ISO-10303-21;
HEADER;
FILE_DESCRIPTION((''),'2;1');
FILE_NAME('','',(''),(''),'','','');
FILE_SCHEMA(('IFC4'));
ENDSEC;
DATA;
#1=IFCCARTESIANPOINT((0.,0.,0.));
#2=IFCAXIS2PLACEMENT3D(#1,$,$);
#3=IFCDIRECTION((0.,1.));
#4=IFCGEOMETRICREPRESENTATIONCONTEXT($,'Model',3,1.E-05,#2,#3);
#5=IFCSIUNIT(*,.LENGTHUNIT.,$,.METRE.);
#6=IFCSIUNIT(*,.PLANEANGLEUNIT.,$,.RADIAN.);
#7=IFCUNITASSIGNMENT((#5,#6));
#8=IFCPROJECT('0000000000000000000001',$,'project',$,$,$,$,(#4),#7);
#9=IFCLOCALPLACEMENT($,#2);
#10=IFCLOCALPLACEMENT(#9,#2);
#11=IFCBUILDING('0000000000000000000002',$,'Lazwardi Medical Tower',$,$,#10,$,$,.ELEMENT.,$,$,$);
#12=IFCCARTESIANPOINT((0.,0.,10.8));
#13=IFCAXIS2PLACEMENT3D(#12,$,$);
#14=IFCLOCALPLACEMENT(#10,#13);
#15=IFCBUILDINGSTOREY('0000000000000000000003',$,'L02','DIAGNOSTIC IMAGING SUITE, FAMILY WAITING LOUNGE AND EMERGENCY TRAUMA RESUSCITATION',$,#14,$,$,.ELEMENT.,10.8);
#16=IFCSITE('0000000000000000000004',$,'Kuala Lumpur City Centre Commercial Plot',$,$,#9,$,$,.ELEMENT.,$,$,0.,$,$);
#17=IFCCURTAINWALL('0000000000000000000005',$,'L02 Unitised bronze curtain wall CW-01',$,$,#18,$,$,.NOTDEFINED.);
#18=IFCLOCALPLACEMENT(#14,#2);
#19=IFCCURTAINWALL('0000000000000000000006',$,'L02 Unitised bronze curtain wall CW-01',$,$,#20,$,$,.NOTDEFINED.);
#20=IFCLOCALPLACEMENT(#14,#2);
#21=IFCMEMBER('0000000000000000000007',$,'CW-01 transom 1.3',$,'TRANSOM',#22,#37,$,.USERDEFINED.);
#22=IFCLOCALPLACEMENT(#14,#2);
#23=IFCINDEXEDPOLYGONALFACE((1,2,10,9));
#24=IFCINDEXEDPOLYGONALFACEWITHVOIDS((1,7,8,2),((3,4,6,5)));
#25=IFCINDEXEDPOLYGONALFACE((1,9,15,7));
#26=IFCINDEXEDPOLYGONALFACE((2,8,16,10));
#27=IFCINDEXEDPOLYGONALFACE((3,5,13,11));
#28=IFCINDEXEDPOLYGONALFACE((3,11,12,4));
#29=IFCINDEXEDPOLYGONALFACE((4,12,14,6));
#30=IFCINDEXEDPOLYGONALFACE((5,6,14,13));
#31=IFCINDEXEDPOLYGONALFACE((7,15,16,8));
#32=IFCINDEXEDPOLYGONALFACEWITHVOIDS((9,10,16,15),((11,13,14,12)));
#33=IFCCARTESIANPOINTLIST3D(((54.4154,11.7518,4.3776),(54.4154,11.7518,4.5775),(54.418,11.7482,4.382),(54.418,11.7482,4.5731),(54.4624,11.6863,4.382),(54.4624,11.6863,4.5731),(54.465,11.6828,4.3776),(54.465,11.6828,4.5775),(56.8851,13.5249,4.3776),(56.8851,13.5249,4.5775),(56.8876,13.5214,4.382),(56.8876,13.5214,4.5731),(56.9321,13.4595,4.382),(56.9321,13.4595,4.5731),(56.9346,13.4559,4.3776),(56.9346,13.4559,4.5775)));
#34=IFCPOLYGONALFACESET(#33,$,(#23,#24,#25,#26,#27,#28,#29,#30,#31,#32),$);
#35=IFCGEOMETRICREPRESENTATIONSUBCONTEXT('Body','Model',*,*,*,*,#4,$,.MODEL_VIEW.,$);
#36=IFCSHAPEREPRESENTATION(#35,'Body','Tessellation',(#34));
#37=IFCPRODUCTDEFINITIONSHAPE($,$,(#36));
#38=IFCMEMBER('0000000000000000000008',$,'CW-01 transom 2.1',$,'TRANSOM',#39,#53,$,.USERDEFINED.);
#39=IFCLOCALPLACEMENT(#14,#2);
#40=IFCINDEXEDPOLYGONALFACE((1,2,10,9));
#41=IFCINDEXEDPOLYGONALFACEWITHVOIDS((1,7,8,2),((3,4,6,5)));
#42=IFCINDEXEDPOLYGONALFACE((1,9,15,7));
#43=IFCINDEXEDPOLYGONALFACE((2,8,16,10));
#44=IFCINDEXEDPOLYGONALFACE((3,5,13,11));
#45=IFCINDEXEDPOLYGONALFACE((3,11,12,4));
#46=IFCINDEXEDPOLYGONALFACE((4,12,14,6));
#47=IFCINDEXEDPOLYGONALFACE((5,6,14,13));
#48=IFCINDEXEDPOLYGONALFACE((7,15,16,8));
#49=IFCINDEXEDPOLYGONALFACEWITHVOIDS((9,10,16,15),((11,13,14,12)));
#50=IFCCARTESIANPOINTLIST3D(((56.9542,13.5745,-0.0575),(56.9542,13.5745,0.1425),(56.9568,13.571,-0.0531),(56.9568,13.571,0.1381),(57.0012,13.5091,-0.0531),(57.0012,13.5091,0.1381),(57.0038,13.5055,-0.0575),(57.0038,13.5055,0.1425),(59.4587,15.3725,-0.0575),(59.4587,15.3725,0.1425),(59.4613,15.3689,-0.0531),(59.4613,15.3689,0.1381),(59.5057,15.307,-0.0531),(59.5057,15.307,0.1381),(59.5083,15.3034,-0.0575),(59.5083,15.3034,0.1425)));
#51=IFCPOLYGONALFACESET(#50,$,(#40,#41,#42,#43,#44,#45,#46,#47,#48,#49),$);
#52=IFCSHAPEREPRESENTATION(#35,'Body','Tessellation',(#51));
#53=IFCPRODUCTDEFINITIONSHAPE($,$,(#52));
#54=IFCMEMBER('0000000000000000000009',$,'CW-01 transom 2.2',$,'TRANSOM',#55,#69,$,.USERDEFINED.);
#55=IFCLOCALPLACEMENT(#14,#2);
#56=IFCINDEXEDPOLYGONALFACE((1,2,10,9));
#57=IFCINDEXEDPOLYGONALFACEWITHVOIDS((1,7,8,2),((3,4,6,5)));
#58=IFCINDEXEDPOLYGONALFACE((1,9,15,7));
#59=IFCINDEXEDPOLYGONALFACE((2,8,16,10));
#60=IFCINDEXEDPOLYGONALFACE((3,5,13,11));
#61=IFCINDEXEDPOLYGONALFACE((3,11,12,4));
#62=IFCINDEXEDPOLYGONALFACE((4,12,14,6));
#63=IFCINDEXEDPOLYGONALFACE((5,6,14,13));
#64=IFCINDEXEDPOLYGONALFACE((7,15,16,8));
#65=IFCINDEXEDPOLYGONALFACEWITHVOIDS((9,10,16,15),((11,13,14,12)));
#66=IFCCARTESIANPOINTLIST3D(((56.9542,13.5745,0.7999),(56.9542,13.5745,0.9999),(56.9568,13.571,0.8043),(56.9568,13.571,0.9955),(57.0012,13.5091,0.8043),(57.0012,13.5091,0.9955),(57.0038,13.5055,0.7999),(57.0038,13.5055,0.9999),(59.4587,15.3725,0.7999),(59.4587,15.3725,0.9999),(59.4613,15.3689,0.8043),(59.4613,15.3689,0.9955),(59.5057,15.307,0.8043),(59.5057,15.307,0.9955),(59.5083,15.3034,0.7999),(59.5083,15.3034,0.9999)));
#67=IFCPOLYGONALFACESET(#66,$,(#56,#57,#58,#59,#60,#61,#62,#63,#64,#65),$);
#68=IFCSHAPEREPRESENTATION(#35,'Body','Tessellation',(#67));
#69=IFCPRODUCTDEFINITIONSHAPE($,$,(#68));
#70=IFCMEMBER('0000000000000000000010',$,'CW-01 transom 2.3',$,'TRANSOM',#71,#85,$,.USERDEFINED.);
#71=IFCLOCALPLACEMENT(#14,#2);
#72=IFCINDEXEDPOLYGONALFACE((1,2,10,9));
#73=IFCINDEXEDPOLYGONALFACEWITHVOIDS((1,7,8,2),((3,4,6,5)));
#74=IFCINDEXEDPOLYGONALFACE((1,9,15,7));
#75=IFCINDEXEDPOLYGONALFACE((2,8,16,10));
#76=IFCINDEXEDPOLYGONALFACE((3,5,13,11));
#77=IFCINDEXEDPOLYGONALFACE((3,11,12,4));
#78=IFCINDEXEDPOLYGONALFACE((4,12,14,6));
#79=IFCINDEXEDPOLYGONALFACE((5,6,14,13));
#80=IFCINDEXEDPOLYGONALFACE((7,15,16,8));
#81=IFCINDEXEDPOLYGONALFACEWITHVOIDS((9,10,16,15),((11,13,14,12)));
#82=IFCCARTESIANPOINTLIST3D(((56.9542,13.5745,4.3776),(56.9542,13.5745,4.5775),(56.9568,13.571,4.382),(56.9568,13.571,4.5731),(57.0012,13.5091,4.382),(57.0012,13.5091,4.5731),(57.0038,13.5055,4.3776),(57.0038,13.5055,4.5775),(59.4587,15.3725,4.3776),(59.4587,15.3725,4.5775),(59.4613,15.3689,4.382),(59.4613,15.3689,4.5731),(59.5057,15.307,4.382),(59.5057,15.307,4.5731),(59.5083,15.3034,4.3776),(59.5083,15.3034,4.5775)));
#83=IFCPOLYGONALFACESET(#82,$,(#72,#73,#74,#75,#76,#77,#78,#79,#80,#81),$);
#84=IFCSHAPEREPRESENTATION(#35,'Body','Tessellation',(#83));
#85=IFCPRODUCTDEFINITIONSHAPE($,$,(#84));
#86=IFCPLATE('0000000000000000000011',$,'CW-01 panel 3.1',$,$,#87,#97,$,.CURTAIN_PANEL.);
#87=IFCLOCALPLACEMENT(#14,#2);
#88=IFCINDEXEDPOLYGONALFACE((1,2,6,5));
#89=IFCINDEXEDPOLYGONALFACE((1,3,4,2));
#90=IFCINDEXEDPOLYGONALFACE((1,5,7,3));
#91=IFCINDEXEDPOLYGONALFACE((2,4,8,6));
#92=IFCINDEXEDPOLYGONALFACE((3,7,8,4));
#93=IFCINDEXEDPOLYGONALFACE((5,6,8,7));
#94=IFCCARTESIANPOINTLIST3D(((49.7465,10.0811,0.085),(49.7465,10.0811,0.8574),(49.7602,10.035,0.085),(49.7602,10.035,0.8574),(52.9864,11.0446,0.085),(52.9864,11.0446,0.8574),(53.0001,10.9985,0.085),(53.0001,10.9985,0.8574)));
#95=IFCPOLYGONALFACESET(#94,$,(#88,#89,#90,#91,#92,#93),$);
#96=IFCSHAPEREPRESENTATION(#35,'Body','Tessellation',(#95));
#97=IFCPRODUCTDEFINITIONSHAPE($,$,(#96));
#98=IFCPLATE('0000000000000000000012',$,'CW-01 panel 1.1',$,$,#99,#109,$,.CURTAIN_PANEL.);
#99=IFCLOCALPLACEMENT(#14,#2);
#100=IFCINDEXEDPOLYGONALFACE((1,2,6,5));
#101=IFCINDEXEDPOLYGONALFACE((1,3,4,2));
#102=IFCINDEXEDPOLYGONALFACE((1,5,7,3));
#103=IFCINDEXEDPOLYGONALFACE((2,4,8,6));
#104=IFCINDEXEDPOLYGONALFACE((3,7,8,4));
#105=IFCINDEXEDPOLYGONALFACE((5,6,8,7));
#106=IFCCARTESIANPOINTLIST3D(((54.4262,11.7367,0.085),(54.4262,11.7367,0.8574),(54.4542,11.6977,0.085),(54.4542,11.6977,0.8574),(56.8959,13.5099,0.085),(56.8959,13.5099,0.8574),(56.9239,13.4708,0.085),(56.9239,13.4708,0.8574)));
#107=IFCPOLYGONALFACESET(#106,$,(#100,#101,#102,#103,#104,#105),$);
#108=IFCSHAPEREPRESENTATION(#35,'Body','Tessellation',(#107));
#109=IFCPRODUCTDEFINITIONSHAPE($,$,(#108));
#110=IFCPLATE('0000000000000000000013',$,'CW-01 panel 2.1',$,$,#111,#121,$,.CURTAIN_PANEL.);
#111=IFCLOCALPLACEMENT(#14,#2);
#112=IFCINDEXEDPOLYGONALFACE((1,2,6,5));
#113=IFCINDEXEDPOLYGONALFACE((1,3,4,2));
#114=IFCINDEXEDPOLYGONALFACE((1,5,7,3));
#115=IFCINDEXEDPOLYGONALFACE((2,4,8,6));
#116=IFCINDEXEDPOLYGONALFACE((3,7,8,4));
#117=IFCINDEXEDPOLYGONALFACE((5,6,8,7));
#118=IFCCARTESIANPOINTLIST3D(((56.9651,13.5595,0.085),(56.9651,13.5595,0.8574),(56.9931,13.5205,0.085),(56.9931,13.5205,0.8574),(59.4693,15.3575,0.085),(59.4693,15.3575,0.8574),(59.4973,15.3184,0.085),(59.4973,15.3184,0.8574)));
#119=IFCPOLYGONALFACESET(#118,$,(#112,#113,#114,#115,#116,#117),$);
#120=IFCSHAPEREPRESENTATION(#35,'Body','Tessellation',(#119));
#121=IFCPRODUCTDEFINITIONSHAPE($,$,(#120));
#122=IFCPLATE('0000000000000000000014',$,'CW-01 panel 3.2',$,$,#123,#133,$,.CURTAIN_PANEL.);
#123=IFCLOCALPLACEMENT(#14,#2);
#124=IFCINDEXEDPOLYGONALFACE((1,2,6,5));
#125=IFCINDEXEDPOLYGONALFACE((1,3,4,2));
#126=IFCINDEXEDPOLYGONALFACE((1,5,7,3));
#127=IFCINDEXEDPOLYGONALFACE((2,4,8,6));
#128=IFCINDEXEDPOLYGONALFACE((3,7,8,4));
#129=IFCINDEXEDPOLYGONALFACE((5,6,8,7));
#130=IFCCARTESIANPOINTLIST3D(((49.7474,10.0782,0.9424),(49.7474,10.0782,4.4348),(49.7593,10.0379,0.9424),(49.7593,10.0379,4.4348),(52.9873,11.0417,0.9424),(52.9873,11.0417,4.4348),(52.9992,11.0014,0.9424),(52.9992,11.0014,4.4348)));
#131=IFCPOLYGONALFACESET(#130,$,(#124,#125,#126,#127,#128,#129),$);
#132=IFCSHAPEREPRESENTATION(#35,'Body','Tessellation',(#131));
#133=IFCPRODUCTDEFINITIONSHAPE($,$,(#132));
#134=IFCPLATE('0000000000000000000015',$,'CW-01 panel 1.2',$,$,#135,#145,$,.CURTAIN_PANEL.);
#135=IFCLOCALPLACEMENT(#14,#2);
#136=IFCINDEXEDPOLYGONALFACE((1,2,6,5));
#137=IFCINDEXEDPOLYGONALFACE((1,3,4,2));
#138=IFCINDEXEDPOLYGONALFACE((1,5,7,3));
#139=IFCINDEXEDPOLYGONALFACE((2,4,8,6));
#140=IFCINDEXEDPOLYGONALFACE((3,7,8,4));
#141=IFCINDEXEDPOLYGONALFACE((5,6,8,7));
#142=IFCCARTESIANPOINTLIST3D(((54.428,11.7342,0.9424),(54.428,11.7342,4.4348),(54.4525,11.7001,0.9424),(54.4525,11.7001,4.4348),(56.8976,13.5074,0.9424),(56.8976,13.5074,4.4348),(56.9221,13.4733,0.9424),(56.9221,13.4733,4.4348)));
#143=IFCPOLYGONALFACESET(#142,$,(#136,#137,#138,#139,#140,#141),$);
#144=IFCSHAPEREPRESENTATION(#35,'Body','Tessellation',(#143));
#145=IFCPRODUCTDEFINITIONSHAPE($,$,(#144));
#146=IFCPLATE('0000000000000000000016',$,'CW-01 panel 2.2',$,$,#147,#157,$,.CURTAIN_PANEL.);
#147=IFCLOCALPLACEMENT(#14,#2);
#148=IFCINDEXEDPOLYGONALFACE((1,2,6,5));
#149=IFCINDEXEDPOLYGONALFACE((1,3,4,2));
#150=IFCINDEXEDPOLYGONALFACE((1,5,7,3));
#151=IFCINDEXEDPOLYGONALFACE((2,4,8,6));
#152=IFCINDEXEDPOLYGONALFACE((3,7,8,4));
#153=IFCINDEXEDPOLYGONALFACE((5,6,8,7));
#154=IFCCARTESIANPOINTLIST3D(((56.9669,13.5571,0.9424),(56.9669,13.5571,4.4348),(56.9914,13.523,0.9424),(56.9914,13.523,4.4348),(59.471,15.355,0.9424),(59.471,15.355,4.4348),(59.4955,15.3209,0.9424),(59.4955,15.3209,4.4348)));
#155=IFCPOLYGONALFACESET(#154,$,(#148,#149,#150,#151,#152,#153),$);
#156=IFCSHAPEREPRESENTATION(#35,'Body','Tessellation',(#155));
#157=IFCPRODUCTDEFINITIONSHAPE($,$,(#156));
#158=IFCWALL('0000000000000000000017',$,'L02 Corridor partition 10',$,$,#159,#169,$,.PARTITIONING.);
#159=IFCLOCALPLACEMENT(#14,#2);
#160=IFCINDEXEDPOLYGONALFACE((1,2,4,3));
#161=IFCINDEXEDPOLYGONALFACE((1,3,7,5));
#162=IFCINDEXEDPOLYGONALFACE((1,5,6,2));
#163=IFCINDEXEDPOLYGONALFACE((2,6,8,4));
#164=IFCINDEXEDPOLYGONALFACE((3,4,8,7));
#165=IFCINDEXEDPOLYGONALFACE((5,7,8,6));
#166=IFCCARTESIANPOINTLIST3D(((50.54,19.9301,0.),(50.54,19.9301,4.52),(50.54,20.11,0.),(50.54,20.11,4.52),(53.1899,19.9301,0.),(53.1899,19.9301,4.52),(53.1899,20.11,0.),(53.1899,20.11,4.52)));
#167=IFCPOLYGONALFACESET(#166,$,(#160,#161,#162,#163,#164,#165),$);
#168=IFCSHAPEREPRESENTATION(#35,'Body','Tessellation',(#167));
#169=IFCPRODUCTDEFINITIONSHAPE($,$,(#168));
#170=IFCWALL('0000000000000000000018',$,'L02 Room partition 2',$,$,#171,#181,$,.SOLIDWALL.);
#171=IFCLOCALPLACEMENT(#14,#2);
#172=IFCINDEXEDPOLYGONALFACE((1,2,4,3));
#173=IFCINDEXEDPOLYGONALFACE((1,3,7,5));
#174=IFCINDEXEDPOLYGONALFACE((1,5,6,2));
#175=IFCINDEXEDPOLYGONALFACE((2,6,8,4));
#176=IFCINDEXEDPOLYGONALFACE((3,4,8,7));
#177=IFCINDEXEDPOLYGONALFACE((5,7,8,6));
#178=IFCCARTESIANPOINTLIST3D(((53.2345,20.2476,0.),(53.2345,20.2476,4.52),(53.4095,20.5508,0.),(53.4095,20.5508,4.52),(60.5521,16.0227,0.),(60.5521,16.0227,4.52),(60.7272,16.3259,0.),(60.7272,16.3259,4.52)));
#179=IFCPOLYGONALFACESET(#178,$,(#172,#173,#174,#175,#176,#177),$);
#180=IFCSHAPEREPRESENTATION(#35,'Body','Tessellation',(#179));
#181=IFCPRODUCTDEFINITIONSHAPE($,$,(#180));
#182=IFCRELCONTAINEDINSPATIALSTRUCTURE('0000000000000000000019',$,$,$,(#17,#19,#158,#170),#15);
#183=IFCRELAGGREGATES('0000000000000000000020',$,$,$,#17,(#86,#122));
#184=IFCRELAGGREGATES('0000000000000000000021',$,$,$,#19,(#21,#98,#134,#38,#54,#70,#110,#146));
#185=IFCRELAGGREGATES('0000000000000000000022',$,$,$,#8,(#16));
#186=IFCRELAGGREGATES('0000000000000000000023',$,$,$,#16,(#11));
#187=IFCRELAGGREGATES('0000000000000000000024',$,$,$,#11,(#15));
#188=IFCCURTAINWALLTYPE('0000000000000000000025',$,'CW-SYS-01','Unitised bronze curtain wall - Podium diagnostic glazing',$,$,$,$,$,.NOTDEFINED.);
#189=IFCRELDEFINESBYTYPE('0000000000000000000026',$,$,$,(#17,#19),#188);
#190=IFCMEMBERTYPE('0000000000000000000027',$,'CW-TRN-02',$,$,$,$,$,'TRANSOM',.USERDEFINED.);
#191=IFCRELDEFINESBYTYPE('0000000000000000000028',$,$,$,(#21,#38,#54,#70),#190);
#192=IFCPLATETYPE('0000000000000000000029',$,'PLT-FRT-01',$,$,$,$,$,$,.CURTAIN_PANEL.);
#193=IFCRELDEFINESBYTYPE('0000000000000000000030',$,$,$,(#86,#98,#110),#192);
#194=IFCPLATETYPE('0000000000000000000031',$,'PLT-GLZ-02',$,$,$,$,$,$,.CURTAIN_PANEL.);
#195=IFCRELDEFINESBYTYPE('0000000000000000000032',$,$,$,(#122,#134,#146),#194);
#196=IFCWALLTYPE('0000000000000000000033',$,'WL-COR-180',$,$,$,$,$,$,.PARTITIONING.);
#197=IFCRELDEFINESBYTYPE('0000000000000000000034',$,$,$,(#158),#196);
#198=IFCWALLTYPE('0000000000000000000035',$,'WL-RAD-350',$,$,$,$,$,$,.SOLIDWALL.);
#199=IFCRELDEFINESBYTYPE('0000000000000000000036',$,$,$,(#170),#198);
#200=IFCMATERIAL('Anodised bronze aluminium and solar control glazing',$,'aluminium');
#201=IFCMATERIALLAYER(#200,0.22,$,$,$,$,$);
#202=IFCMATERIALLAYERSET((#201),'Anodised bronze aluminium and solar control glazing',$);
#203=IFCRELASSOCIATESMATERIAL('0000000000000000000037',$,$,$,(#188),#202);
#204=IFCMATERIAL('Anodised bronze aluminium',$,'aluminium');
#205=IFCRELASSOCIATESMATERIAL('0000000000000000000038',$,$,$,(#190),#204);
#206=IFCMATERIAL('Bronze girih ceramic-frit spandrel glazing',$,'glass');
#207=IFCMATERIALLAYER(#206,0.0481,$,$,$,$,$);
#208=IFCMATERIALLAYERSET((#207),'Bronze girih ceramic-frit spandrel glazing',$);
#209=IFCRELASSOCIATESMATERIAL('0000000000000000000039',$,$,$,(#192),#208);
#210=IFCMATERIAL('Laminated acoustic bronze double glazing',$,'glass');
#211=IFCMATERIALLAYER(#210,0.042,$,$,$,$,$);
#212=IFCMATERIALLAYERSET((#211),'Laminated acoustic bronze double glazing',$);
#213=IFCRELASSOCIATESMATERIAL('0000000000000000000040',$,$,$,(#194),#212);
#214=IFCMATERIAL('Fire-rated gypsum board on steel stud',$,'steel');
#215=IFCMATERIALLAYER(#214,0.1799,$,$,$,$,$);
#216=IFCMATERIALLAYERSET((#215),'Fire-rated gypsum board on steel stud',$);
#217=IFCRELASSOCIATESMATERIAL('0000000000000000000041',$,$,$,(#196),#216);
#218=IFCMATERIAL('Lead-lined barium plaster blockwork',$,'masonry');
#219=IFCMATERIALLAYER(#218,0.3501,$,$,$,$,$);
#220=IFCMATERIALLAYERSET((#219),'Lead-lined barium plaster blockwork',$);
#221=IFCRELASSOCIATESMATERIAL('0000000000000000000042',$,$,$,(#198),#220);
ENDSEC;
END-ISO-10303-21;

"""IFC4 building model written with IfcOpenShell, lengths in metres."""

from ifc_helpers import new_model, si_unit, direction, frame, frame_2d, origin, origin_2d, place, context, subcontext, project, spatial, rectangle, hollow_rectangle, extrude, material, layer, layer_set, material_profile, profile_set, type_object, element, aggregate, save


model = new_model("IFC4")

# Units and contexts
model_context = context("Model", 3, precision=1e-05, world=origin(), true_north=direction((0.0, 1.0)))
body_context = subcontext(model_context, "Body", "Model", "MODEL_VIEW")
ifc_project = project(units=[si_unit("LENGTHUNIT", "METRE"), si_unit("PLANEANGLEUNIT", "RADIAN")], contexts=[model_context])

# Site, building, storey
site_placement = place(None, origin())
site = spatial("IfcSite", under=ifc_project, at=site_placement, Name="Kuala Lumpur City Centre Commercial Plot", CompositionType="ELEMENT", RefElevation=0.0)
building_placement = place(site_placement, origin())
building = spatial("IfcBuilding", under=site, at=building_placement, Name="Lazwardi Medical Tower", CompositionType="ELEMENT")
storey_placement = place(building_placement, frame((0.0, 0.0, 10.8)))
storey = spatial("IfcBuildingStorey", under=building, at=storey_placement, Name="L02", Description="DIAGNOSTIC IMAGING SUITE, FAMILY WAITING LOUNGE AND EMERGENCY TRAUMA RESUSCITATION", CompositionType="ELEMENT", Elevation=10.8)

# Curtain wall
ifc_material_1 = material(Name="Anodised bronze aluminium and solar control glazing", Category="aluminium")
ifc_layer_1 = layer(ifc_material_1, 0.22)
ifc_layer_set_1 = layer_set([ifc_layer_1], Name="Anodised bronze aluminium and solar control glazing")
curtain_wall_type = type_object("IfcCurtainWallType", Name="CW-SYS-01", Description="Unitised bronze curtain wall - Podium diagnostic glazing", PredefinedType="NOTDEFINED", material=ifc_layer_set_1)
curtain_wall_1_placement = place(storey_placement, origin())
curtain_wall_1 = element("IfcCurtainWall", 1, at=curtain_wall_1_placement, inside=storey, type_object=curtain_wall_type, Name="L02 Unitised bronze curtain wall CW-01", PredefinedType="NOTDEFINED")
ifc_material_2 = material(Name="Anodised bronze aluminium", Category="aluminium")

# Curtain wall
curtain_wall_2_placement = place(storey_placement, origin())
curtain_wall_2 = element("IfcCurtainWall", 2, at=curtain_wall_2_placement, inside=storey, type_object=curtain_wall_type, Name="L02 Unitised bronze curtain wall CW-01", PredefinedType="NOTDEFINED")

# Members
ifc_material_profile_1 = material_profile(ifc_material_2, hollow_rectangle(XDim=0.085, YDim=0.2, WallThickness=0.0044, at=origin_2d()), Name="ALU-TRANSOM 200x85x4.5")
ifc_profile_set_1 = profile_set([ifc_material_profile_1], Name="Anodised bronze aluminium")
member_type_1 = type_object("IfcMemberType", Name="CW-TRN-02", ElementType="TRANSOM", PredefinedType="USERDEFINED", material=ifc_profile_set_1)
member_1_placement = place(storey_placement, frame((54.4402, 11.7173, 4.4775), z_axis=(0.812315, 0.583219, 0.0), x_axis=(-0.583219, 0.812315, 0.0)))
member_1 = element("IfcMember", 3, at=member_1_placement, type_object=member_type_1, Name="CW-01 transom 1.3", ObjectType="TRANSOM", PredefinedType="USERDEFINED", context=body_context, shape_type="SweptSolid", body=[
    extrude(hollow_rectangle(XDim=0.085, YDim=0.2, WallThickness=0.0044, at=origin_2d()), origin(), (0.0, 0.0, 1.0), 3.0403),
])
member_2_placement = place(storey_placement, frame((56.979, 13.54, 0.0425), z_axis=(0.812351, 0.583169, 0.0), x_axis=(-0.583169, 0.812351, 0.0)))
member_2 = element("IfcMember", 4, at=member_2_placement, type_object=member_type_1, Name="CW-01 transom 2.1", ObjectType="TRANSOM", PredefinedType="USERDEFINED", context=body_context, shape_type="SweptSolid", body=[
    extrude(hollow_rectangle(XDim=0.085, YDim=0.2, WallThickness=0.0044, at=origin_2d()), origin(), (0.0, 0.0, 1.0), 3.083),
])
member_3_placement = place(storey_placement, frame((56.979, 13.54, 0.8999), z_axis=(0.812351, 0.583169, 0.0), x_axis=(-0.583169, 0.812351, 0.0)))
member_3 = element("IfcMember", 5, at=member_3_placement, type_object=member_type_1, Name="CW-01 transom 2.2", ObjectType="TRANSOM", PredefinedType="USERDEFINED", context=body_context, shape_type="SweptSolid", body=[
    extrude(hollow_rectangle(XDim=0.085, YDim=0.2, WallThickness=0.0044, at=origin_2d()), origin(), (0.0, 0.0, 1.0), 3.083),
])
member_4_placement = place(storey_placement, frame((56.979, 13.54, 4.4775), z_axis=(0.812351, 0.583169, 0.0), x_axis=(-0.583169, 0.812351, 0.0)))
member_4 = element("IfcMember", 6, at=member_4_placement, type_object=member_type_1, Name="CW-01 transom 2.3", ObjectType="TRANSOM", PredefinedType="USERDEFINED", context=body_context, shape_type="SweptSolid", body=[
    extrude(hollow_rectangle(XDim=0.085, YDim=0.2, WallThickness=0.0044, at=origin_2d()), origin(), (0.0, 0.0, 1.0), 3.083),
])

# Plates
ifc_material_3 = material(Name="Bronze girih ceramic-frit spandrel glazing", Category="glass")
ifc_layer_2 = layer(ifc_material_3, 0.0481)
ifc_layer_set_2 = layer_set([ifc_layer_2], Name="Bronze girih ceramic-frit spandrel glazing")
plate_type_1 = type_object("IfcPlateType", Name="PLT-FRT-01", PredefinedType="CURTAIN_PANEL", material=ifc_layer_set_2)
plate_1_placement = place(storey_placement, frame((51.3733, 10.5398, 0.085), z_axis=(0.0, 0.0, 1.0), x_axis=(0.958513, 0.285047, 0.0)))
plate_1 = element("IfcPlate", 7, at=plate_1_placement, type_object=plate_type_1, Name="CW-01 panel 3.1", PredefinedType="CURTAIN_PANEL", context=body_context, shape_type="SweptSolid", body=[
    extrude(rectangle(XDim=3.3801, YDim=0.0481, at=origin_2d()), origin(), (0.0, 0.0, 1.0), 0.7725),
])
plate_2_placement = place(storey_placement, frame((55.675, 12.6038, 0.085), z_axis=(0.0, 0.0, 1.0), x_axis=(0.812318, 0.583214, 0.0)))
plate_2 = element("IfcPlate", 8, at=plate_2_placement, type_object=plate_type_1, Name="CW-01 panel 1.1", PredefinedType="CURTAIN_PANEL", context=body_context, shape_type="SweptSolid", body=[
    extrude(rectangle(XDim=3.0403, YDim=0.0481, at=origin_2d()), origin(), (0.0, 0.0, 1.0), 0.7725),
])
plate_3_placement = place(storey_placement, frame((58.2312, 14.439, 0.085), z_axis=(0.0, 0.0, 1.0), x_axis=(0.812318, 0.583214, 0.0)))
plate_3 = element("IfcPlate", 9, at=plate_3_placement, type_object=plate_type_1, Name="CW-01 panel 2.1", PredefinedType="CURTAIN_PANEL", context=body_context, shape_type="SweptSolid", body=[
    extrude(rectangle(XDim=3.0828, YDim=0.0481, at=origin_2d()), origin(), (0.0, 0.0, 1.0), 0.7725),
])
ifc_material_4 = material(Name="Laminated acoustic bronze double glazing", Category="glass")
ifc_layer_3 = layer(ifc_material_4, 0.042)
ifc_layer_set_3 = layer_set([ifc_layer_3], Name="Laminated acoustic bronze double glazing")
plate_type_2 = type_object("IfcPlateType", Name="PLT-GLZ-02", PredefinedType="CURTAIN_PANEL", material=ifc_layer_set_3)
plate_4_placement = place(storey_placement, frame((51.3733, 10.5398, 0.9424), z_axis=(0.0, 0.0, 1.0), x_axis=(0.958513, 0.285047, 0.0)))
plate_4 = element("IfcPlate", 10, at=plate_4_placement, type_object=plate_type_2, Name="CW-01 panel 3.2", PredefinedType="CURTAIN_PANEL", context=body_context, shape_type="SweptSolid", body=[
    extrude(rectangle(XDim=3.3801, YDim=0.042, at=origin_2d()), origin(), (0.0, 0.0, 1.0), 3.4924),
])
aggregate(curtain_wall_1, [plate_1, plate_4])
plate_5_placement = place(storey_placement, frame((55.675, 12.6038, 0.9424), z_axis=(0.0, 0.0, 1.0), x_axis=(0.812318, 0.583214, 0.0)))
plate_5 = element("IfcPlate", 11, at=plate_5_placement, type_object=plate_type_2, Name="CW-01 panel 1.2", PredefinedType="CURTAIN_PANEL", context=body_context, shape_type="SweptSolid", body=[
    extrude(rectangle(XDim=3.0403, YDim=0.042, at=origin_2d()), origin(), (0.0, 0.0, 1.0), 3.4924),
])
plate_6_placement = place(storey_placement, frame((58.2312, 14.439, 0.9424), z_axis=(0.0, 0.0, 1.0), x_axis=(0.812318, 0.583214, 0.0)))
plate_6 = element("IfcPlate", 12, at=plate_6_placement, type_object=plate_type_2, Name="CW-01 panel 2.2", PredefinedType="CURTAIN_PANEL", context=body_context, shape_type="SweptSolid", body=[
    extrude(rectangle(XDim=3.0828, YDim=0.042, at=origin_2d()), origin(), (0.0, 0.0, 1.0), 3.4924),
])
aggregate(curtain_wall_2, [member_1, plate_2, plate_5, member_2, member_3, member_4, plate_3, plate_6])

# Walls
ifc_material_5 = material(Name="Fire-rated gypsum board on steel stud", Category="steel")
ifc_layer_4 = layer(ifc_material_5, 0.1799)
ifc_layer_set_4 = layer_set([ifc_layer_4], Name="Fire-rated gypsum board on steel stud")
wall_type_1 = type_object("IfcWallType", Name="WL-COR-180", PredefinedType="PARTITIONING", material=ifc_layer_set_4)
wall_1_placement = place(storey_placement, frame((53.1899, 20.02, 0.0), z_axis=(0.0, 0.0, 1.0), x_axis=(-1.0, 0.0, 0.0)))
element("IfcWall", 13, at=wall_1_placement, inside=storey, type_object=wall_type_1, Name="L02 Corridor partition 10", PredefinedType="PARTITIONING", context=body_context, shape_type="SweptSolid", body=[
    extrude(rectangle(XDim=2.6499, YDim=0.1799, at=frame_2d((1.325, 0.0))), origin(), (0.0, 0.0, 1.0), 4.52),
])
ifc_material_6 = material(Name="Lead-lined barium plaster blockwork", Category="masonry")
ifc_layer_5 = layer(ifc_material_6, 0.3501)
ifc_layer_set_5 = layer_set([ifc_layer_5], Name="Lead-lined barium plaster blockwork")
wall_type_2 = type_object("IfcWallType", Name="WL-RAD-350", PredefinedType="SOLIDWALL", material=ifc_layer_set_5)
wall_2_placement = place(storey_placement, frame((53.322, 20.3992, 0.0), z_axis=(0.0, 0.0, 1.0), x_axis=(0.866024, -0.500002, 0.0)))
element("IfcWall", 14, at=wall_2_placement, inside=storey, type_object=wall_type_2, Name="L02 Room partition 2", PredefinedType="SOLIDWALL", context=body_context, shape_type="SweptSolid", body=[
    extrude(rectangle(XDim=8.4497, YDim=0.3501, at=frame_2d((4.2249, 0.0))), origin(), (0.0, 0.0, 1.0), 4.52),
])

save(model, "model.ifc")
